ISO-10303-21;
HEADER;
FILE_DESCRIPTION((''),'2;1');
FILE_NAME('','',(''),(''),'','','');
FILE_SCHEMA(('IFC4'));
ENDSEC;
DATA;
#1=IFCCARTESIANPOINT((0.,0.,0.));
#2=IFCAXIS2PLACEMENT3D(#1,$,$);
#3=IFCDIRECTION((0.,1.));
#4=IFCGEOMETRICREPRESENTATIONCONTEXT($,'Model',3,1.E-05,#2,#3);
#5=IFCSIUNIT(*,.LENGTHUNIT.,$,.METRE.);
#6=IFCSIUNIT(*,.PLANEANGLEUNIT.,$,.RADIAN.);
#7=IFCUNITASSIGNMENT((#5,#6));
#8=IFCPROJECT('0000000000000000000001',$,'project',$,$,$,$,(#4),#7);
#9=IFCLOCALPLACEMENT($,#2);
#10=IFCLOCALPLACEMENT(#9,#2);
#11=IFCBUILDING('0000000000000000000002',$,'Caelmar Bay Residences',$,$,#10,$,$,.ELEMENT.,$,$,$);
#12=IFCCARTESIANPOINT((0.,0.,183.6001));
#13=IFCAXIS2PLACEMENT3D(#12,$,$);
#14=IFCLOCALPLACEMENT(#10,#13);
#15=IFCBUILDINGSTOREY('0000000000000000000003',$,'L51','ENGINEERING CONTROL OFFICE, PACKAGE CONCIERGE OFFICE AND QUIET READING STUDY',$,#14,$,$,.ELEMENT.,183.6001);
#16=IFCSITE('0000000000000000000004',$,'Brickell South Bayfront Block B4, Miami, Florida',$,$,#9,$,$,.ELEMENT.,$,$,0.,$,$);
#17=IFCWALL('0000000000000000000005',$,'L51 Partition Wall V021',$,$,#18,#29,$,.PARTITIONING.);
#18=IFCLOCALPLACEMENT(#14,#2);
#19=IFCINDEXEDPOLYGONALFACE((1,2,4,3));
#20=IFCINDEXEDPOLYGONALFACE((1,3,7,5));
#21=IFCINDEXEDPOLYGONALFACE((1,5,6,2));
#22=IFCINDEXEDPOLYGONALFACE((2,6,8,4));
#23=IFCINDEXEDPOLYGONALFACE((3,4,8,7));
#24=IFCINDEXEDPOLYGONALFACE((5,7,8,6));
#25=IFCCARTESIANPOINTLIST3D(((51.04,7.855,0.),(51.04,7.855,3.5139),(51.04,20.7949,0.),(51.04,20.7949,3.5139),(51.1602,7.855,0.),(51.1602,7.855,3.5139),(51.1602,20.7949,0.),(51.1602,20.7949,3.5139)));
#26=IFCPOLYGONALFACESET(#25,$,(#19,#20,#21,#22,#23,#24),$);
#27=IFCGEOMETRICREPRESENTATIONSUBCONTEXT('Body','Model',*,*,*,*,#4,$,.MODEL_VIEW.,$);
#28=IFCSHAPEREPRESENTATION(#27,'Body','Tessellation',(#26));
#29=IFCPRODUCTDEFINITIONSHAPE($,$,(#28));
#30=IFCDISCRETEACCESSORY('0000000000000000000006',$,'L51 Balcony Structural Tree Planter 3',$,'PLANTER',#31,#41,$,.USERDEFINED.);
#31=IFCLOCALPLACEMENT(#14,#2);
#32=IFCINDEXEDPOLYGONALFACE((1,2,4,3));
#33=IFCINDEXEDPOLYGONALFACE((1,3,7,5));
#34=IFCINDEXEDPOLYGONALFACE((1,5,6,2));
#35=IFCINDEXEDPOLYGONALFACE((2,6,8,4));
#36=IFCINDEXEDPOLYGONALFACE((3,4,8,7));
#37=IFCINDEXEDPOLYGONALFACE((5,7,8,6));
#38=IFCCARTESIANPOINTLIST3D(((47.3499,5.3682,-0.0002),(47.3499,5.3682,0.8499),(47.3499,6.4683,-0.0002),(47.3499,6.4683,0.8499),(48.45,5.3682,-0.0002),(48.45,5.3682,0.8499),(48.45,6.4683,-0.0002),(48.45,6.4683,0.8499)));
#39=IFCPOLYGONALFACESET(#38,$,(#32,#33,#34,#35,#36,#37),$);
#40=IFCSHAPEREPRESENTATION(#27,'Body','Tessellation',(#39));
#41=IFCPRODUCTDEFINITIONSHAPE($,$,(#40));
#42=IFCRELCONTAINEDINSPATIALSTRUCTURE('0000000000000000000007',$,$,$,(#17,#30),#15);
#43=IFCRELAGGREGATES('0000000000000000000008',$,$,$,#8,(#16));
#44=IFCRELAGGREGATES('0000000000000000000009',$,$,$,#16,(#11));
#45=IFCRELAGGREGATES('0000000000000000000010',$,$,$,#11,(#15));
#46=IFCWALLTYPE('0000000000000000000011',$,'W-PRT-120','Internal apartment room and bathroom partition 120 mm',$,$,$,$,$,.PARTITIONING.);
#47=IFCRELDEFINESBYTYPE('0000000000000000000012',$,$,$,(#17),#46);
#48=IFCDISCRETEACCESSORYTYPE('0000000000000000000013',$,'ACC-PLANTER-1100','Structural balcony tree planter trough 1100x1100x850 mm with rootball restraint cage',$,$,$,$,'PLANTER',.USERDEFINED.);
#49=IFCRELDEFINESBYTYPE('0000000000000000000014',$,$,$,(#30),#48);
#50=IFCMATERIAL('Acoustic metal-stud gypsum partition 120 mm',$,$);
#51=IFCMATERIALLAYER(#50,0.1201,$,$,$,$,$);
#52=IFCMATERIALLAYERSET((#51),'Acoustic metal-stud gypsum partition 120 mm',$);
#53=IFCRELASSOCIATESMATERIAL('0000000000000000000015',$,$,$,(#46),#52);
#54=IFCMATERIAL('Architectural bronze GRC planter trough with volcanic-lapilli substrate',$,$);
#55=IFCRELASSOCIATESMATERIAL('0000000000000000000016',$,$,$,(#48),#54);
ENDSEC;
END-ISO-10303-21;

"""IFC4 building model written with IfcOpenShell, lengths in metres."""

from ifc_helpers import new_model, si_unit, direction, frame, frame_2d, origin, origin_2d, place, context, subcontext, project, spatial, rectangle, extrude, material, layer, layer_set, type_object, element, save


model = new_model("IFC4")

# Units and contexts
model_context = context("Model", 3, precision=1e-05, world=origin(), true_north=direction((0.0, 1.0)))
body_context = subcontext(model_context, "Body", "Model", "MODEL_VIEW")
ifc_project = project(units=[si_unit("LENGTHUNIT", "METRE"), si_unit("PLANEANGLEUNIT", "RADIAN")], contexts=[model_context])

# Site, building, storey
site_placement = place(None, origin())
site = spatial("IfcSite", under=ifc_project, at=site_placement, Name="Brickell South Bayfront Block B4, Miami, Florida", CompositionType="ELEMENT", RefElevation=0.0)
building_placement = place(site_placement, origin())
building = spatial("IfcBuilding", under=site, at=building_placement, Name="Caelmar Bay Residences", CompositionType="ELEMENT")
storey_placement = place(building_placement, frame((0.0, 0.0, 183.6001)))
storey = spatial("IfcBuildingStorey", under=building, at=storey_placement, Name="L51", Description="ENGINEERING CONTROL OFFICE, PACKAGE CONCIERGE OFFICE AND QUIET READING STUDY", CompositionType="ELEMENT", Elevation=183.6001)

# Wall
ifc_material_1 = material(Name="Acoustic metal-stud gypsum partition 120 mm")
ifc_layer_1 = layer(ifc_material_1, 0.1201)
ifc_layer_set_1 = layer_set([ifc_layer_1], Name="Acoustic metal-stud gypsum partition 120 mm")
wall_type = type_object("IfcWallType", Name="W-PRT-120", Description="Internal apartment room and bathroom partition 120 mm", PredefinedType="PARTITIONING", material=ifc_layer_set_1)
wall_placement = place(storey_placement, frame((51.1001, 7.855, 0.0), z_axis=(0.0, 0.0, 1.0), x_axis=(0.0, 1.0, 0.0)))
element("IfcWall", 1, at=wall_placement, inside=storey, type_object=wall_type, Name="L51 Partition Wall V021", PredefinedType="PARTITIONING", context=body_context, shape_type="SweptSolid", body=[
    extrude(rectangle(XDim=12.9399, YDim=0.1201, at=frame_2d((6.47, 0.0))), origin(), (0.0, 0.0, 1.0), 3.5139),
])

# Discrete accessory
ifc_material_2 = material(Name="Architectural bronze GRC planter trough with volcanic-lapilli substrate")
discrete_accessory_type = type_object("IfcDiscreteAccessoryType", Name="ACC-PLANTER-1100", Description="Structural balcony tree planter trough 1100x1100x850 mm with rootball restraint cage", ElementType="PLANTER", PredefinedType="USERDEFINED", material=ifc_material_2)
discrete_accessory_placement = place(storey_placement, frame((47.8999, 5.9182, -0.0002), z_axis=(0.0, 0.0, 1.0), x_axis=(1.0, 0.0, 0.0)))
element("IfcDiscreteAccessory", 2, at=discrete_accessory_placement, inside=storey, type_object=discrete_accessory_type, Name="L51 Balcony Structural Tree Planter 3", ObjectType="PLANTER", PredefinedType="USERDEFINED", context=body_context, shape_type="SweptSolid", body=[
    extrude(rectangle(XDim=1.1001, YDim=1.1001, at=origin_2d()), origin(), (0.0, 0.0, 1.0), 0.8501),
])

save(model, "model.ifc")
